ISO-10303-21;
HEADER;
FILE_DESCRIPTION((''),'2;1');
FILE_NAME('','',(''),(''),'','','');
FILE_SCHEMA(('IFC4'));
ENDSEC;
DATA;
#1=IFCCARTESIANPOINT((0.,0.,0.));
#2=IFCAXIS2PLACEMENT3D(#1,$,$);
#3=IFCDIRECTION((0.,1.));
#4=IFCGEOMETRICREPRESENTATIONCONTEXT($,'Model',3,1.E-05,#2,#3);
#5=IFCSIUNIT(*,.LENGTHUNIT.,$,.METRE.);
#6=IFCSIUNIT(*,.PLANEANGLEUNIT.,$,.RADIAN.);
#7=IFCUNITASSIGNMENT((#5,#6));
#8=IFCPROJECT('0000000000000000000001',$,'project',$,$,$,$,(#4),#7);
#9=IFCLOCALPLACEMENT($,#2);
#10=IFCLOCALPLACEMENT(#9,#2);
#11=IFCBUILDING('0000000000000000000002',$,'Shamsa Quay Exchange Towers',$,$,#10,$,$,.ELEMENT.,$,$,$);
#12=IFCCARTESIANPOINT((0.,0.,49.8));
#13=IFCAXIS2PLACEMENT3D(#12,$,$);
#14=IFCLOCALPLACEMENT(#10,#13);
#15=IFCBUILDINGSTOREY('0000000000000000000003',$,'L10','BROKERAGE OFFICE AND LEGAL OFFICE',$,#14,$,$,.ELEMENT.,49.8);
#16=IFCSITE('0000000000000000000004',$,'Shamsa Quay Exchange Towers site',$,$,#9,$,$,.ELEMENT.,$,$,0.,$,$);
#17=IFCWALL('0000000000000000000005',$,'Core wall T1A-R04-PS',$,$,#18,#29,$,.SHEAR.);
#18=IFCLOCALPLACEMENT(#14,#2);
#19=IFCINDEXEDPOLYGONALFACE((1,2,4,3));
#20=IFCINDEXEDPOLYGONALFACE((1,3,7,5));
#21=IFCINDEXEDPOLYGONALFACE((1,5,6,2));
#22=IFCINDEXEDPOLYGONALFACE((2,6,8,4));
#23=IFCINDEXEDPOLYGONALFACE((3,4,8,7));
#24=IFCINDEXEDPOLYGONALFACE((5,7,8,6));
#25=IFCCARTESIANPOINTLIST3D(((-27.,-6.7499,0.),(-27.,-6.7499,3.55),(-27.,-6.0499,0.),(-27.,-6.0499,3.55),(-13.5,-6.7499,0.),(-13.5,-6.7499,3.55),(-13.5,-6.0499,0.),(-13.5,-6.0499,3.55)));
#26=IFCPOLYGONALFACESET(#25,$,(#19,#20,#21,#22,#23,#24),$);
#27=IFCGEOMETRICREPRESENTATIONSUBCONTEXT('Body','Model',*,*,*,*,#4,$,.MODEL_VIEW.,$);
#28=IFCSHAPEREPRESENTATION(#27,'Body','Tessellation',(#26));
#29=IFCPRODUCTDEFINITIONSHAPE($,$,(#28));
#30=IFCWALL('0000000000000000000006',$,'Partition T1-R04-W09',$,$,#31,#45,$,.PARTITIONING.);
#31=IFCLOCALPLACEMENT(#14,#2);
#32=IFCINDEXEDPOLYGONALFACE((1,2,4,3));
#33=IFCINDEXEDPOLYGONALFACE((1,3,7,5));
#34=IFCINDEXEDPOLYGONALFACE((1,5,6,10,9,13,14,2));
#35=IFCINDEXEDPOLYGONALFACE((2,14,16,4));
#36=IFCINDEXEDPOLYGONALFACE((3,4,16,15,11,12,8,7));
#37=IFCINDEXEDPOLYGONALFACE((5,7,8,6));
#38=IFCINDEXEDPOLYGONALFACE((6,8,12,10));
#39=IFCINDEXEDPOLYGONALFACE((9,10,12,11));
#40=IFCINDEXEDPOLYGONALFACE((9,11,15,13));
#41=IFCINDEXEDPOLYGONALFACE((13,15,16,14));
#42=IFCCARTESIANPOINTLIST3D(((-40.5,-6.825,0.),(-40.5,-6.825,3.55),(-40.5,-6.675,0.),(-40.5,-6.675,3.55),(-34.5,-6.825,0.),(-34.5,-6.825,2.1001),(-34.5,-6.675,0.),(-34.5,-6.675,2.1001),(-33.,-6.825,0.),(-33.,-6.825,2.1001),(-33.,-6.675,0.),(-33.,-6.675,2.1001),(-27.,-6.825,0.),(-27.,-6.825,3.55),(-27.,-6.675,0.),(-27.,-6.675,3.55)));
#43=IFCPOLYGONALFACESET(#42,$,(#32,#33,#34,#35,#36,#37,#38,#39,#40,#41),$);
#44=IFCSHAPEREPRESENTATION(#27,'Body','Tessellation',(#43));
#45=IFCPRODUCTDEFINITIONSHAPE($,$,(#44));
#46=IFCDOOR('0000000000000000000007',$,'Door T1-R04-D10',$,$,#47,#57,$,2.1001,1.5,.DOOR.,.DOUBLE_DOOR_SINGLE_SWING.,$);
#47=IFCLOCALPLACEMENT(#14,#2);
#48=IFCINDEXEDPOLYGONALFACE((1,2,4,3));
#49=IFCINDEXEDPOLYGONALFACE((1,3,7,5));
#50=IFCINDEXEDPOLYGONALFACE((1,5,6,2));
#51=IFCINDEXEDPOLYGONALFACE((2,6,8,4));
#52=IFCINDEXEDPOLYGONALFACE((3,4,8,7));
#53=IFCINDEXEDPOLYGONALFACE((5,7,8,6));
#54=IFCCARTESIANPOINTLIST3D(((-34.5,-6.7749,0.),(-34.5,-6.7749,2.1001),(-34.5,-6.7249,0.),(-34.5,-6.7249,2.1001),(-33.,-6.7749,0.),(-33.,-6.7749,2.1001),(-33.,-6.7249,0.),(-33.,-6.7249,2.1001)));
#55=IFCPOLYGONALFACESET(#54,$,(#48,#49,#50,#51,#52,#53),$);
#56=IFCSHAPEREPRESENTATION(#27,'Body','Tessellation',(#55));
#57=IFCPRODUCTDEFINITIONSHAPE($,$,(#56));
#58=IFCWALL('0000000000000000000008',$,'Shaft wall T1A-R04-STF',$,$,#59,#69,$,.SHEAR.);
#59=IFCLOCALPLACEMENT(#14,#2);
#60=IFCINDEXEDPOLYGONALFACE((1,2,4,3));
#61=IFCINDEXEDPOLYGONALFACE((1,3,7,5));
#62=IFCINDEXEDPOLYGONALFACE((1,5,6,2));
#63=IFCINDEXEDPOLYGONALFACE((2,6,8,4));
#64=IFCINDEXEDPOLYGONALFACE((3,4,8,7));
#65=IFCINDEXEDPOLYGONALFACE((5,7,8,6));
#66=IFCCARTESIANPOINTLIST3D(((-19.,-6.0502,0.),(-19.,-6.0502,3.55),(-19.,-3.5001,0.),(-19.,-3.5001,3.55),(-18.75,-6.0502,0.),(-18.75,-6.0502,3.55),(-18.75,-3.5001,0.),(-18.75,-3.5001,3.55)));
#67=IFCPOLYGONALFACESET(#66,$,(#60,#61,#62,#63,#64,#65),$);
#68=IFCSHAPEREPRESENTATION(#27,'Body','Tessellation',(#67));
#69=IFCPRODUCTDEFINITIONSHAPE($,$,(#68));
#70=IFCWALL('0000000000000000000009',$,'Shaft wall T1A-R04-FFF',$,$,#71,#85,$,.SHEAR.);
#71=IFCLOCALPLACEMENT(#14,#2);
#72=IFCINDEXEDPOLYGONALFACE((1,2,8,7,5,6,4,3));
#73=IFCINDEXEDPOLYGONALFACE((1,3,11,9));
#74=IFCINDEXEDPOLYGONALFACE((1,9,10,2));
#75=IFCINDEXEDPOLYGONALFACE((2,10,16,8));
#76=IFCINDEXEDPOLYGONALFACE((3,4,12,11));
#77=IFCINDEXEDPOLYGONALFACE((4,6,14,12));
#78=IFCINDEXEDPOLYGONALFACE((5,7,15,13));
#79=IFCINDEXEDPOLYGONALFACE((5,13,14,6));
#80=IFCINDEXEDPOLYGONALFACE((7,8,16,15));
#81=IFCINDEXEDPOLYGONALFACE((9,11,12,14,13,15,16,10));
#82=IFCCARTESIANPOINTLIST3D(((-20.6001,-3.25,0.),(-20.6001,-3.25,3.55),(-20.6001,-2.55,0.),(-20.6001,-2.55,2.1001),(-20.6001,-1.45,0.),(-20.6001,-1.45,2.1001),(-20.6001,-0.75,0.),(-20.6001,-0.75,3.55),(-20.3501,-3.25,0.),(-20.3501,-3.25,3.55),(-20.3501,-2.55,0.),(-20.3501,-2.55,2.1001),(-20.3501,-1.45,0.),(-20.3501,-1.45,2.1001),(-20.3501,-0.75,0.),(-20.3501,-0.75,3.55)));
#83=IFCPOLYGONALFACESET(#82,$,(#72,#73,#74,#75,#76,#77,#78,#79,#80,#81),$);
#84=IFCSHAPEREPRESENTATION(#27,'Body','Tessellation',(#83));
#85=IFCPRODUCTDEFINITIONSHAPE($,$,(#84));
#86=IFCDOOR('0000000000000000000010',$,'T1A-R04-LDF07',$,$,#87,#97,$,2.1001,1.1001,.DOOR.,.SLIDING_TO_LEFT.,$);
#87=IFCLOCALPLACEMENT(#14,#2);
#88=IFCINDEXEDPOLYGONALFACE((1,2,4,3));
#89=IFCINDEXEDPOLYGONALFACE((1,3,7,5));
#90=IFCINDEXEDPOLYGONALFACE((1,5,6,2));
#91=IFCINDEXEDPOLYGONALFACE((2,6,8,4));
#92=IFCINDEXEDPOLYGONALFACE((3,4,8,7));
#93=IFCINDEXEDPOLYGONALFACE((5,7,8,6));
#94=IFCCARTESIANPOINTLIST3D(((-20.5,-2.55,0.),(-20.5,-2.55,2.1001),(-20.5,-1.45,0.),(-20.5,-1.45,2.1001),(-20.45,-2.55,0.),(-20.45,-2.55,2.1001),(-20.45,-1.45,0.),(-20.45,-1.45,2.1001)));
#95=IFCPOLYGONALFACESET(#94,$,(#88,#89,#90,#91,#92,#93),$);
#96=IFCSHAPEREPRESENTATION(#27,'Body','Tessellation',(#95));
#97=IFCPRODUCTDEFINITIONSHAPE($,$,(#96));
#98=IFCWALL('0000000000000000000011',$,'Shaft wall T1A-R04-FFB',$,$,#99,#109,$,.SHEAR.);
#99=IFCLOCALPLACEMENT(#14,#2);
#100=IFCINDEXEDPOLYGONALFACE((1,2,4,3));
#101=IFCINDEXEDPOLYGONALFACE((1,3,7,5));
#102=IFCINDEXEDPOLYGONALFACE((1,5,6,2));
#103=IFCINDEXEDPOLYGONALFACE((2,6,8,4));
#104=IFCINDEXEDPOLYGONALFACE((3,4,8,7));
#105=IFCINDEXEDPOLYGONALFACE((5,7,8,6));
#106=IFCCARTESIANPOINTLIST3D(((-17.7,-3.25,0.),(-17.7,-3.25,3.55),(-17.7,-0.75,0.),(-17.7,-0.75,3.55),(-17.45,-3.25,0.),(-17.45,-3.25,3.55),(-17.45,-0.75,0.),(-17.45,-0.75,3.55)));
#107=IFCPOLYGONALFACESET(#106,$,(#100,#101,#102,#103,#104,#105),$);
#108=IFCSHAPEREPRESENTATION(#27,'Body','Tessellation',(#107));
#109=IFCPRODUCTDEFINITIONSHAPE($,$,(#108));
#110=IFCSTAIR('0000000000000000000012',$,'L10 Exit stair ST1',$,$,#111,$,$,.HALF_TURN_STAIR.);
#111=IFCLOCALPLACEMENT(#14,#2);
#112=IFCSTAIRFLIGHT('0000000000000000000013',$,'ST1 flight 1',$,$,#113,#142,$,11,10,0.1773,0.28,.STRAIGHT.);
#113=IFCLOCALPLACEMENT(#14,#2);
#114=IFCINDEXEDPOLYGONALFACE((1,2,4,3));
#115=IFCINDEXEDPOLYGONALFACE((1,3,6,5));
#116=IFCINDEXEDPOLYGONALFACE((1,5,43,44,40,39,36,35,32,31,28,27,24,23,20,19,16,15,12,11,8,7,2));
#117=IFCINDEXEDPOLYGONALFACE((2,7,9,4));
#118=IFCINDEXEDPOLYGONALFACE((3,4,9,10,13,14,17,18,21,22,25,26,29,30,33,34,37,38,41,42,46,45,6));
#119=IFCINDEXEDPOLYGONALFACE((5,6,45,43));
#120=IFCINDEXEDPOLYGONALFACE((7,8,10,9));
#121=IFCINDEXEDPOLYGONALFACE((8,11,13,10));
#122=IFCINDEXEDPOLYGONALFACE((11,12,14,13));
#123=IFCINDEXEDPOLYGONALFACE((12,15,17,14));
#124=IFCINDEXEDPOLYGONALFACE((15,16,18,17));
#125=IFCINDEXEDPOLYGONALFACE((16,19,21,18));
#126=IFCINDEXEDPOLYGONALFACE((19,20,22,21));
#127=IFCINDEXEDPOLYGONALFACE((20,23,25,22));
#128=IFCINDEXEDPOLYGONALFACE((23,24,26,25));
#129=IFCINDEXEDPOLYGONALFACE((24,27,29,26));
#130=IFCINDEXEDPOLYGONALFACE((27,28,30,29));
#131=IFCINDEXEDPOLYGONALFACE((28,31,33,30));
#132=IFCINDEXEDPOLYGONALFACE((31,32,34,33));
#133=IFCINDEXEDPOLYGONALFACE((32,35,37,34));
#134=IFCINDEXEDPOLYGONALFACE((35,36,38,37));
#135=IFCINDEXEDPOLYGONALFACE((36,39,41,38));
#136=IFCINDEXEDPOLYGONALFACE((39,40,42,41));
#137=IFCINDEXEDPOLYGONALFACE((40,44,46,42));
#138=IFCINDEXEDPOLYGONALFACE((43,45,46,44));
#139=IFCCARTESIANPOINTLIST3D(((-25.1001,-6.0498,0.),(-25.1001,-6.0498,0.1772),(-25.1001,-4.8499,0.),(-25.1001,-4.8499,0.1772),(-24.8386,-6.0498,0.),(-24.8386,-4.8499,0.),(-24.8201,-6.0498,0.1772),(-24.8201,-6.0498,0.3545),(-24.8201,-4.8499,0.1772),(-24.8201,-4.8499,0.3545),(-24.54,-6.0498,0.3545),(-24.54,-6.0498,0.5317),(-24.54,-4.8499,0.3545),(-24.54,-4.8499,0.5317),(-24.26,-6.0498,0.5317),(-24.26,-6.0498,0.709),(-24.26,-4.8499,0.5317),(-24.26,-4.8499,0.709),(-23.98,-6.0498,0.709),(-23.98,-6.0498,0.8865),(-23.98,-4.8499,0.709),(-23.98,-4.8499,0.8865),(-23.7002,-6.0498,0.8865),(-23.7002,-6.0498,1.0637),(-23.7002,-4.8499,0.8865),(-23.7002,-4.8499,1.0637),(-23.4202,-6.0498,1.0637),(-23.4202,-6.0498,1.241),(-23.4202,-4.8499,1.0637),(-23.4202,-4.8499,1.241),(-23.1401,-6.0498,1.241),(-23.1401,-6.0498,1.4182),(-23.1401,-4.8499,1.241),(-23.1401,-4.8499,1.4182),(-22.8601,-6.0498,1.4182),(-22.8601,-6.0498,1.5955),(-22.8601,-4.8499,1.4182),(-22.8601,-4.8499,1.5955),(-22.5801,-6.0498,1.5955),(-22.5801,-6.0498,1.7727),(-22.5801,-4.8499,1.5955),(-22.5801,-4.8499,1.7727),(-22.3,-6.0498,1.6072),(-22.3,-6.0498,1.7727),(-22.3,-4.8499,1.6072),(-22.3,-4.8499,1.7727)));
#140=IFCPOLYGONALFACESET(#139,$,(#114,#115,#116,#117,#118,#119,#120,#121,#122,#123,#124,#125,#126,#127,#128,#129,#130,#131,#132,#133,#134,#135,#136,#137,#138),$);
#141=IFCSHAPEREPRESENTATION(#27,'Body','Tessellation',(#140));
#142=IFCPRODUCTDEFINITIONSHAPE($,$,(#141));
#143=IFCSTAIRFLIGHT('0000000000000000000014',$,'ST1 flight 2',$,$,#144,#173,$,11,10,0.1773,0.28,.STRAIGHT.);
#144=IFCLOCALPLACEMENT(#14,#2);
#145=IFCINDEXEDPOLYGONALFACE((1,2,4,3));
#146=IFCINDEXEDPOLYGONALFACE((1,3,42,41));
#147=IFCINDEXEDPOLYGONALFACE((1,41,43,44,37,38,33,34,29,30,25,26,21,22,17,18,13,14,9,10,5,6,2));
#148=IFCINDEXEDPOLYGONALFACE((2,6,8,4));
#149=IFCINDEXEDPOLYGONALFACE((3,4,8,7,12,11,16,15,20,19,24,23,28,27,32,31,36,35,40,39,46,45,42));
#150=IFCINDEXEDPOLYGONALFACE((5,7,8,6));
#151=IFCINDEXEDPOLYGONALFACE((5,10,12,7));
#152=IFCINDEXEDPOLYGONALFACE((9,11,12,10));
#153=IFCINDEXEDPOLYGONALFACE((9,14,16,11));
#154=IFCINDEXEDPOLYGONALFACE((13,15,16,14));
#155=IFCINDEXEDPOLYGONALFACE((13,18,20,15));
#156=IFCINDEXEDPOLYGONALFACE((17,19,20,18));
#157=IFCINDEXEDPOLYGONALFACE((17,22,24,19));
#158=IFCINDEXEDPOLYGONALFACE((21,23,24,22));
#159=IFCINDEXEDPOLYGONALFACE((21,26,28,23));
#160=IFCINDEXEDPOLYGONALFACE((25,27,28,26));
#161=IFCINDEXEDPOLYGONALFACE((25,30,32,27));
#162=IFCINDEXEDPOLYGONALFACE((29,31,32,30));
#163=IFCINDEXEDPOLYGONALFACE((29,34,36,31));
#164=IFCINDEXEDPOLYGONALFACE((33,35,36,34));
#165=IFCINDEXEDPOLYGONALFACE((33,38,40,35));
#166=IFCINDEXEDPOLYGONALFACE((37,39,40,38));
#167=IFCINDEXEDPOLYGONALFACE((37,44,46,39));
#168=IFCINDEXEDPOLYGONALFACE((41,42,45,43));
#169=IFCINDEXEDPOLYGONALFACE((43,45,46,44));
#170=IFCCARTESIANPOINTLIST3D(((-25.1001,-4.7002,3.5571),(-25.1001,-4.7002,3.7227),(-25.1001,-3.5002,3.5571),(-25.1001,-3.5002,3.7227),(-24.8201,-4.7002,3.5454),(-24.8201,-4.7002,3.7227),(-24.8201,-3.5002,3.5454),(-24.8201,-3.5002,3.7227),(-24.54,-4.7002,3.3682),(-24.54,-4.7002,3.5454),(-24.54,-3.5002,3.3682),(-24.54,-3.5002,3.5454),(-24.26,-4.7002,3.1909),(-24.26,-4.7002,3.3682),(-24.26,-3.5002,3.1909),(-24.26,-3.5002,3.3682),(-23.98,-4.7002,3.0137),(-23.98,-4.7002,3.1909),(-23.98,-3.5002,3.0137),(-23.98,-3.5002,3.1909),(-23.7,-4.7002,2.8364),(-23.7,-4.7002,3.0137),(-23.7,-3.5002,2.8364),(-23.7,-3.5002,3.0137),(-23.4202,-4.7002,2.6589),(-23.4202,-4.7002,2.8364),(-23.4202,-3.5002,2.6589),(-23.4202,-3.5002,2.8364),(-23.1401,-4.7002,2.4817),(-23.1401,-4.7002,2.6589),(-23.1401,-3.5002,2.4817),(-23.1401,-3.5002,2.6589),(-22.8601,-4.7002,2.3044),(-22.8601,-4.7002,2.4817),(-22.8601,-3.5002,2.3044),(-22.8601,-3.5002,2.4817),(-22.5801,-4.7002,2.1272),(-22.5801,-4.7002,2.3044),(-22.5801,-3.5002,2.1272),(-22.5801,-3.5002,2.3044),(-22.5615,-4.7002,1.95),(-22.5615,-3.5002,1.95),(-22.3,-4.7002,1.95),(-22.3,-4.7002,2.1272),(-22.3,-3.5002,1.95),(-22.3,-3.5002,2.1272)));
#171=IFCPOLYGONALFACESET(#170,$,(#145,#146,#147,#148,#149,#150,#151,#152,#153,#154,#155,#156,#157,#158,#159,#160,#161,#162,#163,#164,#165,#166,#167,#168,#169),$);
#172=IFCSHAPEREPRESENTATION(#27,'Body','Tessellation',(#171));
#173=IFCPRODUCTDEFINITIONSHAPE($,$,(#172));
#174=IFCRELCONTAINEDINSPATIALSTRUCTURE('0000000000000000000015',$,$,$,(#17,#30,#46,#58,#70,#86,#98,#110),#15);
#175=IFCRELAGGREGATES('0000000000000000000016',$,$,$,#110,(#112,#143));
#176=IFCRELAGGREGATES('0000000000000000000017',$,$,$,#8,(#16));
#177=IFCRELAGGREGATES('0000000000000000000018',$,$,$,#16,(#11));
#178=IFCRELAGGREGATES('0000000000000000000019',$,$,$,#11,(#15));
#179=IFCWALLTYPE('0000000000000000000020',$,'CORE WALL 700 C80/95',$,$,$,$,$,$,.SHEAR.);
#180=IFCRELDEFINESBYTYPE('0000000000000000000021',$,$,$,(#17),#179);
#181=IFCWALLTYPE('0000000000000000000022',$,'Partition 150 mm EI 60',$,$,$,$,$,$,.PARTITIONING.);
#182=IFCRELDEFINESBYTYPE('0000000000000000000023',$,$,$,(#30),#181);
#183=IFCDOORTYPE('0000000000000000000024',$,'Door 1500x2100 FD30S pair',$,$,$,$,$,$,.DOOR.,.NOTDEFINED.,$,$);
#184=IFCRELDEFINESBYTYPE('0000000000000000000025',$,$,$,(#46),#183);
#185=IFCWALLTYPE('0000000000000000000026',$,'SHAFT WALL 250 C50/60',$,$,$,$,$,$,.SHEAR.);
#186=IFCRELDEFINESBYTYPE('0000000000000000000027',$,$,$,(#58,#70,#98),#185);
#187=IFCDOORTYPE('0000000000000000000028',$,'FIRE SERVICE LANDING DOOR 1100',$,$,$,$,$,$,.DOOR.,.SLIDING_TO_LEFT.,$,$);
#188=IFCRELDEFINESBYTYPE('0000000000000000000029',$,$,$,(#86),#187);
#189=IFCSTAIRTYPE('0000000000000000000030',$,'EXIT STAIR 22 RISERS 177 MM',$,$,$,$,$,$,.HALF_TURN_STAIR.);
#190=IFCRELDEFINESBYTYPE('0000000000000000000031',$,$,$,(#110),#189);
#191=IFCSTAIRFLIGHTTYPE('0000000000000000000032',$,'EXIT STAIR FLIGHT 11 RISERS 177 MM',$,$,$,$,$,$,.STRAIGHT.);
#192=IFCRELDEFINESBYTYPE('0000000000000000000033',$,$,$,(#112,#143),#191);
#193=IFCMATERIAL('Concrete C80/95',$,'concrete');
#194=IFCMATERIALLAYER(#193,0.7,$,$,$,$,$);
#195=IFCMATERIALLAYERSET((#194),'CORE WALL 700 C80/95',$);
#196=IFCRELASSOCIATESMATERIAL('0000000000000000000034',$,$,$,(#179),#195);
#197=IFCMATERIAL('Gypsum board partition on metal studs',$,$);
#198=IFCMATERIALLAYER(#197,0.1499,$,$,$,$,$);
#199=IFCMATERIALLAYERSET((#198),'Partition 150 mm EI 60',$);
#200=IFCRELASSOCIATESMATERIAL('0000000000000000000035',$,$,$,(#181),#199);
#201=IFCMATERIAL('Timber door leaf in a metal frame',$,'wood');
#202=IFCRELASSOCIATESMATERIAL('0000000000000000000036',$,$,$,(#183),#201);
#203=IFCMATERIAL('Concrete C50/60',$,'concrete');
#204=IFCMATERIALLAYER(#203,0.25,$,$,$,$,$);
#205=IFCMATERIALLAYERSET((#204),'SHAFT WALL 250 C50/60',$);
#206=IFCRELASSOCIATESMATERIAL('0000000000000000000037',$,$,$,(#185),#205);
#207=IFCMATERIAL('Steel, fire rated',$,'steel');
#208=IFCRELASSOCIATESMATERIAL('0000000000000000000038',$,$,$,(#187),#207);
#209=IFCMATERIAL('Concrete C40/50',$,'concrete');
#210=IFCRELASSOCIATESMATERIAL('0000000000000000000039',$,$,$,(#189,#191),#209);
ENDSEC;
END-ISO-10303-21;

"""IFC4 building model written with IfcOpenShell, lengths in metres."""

from ifc_helpers import new_model, si_unit, direction, frame, frame_2d, origin, place, context, subcontext, project, spatial, polyline, rectangle, outline, extrude, material, layer, layer_set, type_object, element, fill, aggregate, save


model = new_model("IFC4")

# Units and contexts
model_context = context("Model", 3, precision=1e-05, world=origin(), true_north=direction((0.0, 1.0)))
body_context = subcontext(model_context, "Body", "Model", "MODEL_VIEW")
ifc_project = project(units=[si_unit("LENGTHUNIT", "METRE"), si_unit("PLANEANGLEUNIT", "RADIAN")], contexts=[model_context])

# Site, building, storey
site_placement = place(None, origin())
site = spatial("IfcSite", under=ifc_project, at=site_placement, Name="Shamsa Quay Exchange Towers site", CompositionType="ELEMENT", RefElevation=0.0)
building_placement = place(site_placement, origin())
building = spatial("IfcBuilding", under=site, at=building_placement, Name="Shamsa Quay Exchange Towers", CompositionType="ELEMENT")
storey_placement = place(building_placement, frame((0.0, 0.0, 49.8)))
storey = spatial("IfcBuildingStorey", under=building, at=storey_placement, Name="L10", Description="BROKERAGE OFFICE AND LEGAL OFFICE", CompositionType="ELEMENT", Elevation=49.8)

# Wall
ifc_material_1 = material(Name="Concrete C80/95", Category="concrete")
ifc_layer_1 = layer(ifc_material_1, 0.7)
ifc_layer_set_1 = layer_set([ifc_layer_1], Name="CORE WALL 700 C80/95")
wall_type_1 = type_object("IfcWallType", Name="CORE WALL 700 C80/95", PredefinedType="SHEAR", material=ifc_layer_set_1)
wall_1_placement = place(storey_placement, frame((-27.0, -6.3999, 0.0)))
element("IfcWall", 1, at=wall_1_placement, inside=storey, type_object=wall_type_1, Name="Core wall T1A-R04-PS", PredefinedType="SHEAR", context=body_context, shape_type="SweptSolid", body=[
    extrude(rectangle(XDim=13.5, YDim=0.7, at=frame_2d((6.75, 0.0))), origin(), (0.0, 0.0, 1.0), 3.55),
])

# Wall, opening, door
ifc_material_2 = material(Name="Gypsum board partition on metal studs")
ifc_layer_2 = layer(ifc_material_2, 0.1499)
ifc_layer_set_2 = layer_set([ifc_layer_2], Name="Partition 150 mm EI 60")
wall_type_2 = type_object("IfcWallType", Name="Partition 150 mm EI 60", PredefinedType="PARTITIONING", material=ifc_layer_set_2)
wall_2_placement = place(storey_placement, frame((-27.0, -6.75, 0.0), z_axis=(0.0, 0.0, 1.0), x_axis=(-1.0, 0.0, 0.0)))
wall_2 = element("IfcWall", 2, at=wall_2_placement, inside=storey, type_object=wall_type_2, Name="Partition T1-R04-W09", PredefinedType="PARTITIONING", context=body_context, shape_type="SweptSolid", body=[
    extrude(rectangle(XDim=13.5, YDim=0.1499, at=frame_2d((6.75, 0.0))), origin(), (0.0, 0.0, 1.0), 3.55),
])
opening_1_placement = place(wall_2_placement, frame((6.0, 0.0, 0.0)))
opening_1 = element("IfcOpeningElement", 3, at=opening_1_placement, cuts=wall_2, PredefinedType="OPENING", context=body_context, shape_type="SweptSolid", body=[
    extrude(rectangle(XDim=1.5, YDim=2.1001, at=frame_2d((0.75, 1.05))), frame((0.0, 0.085, 0.0), z_axis=(0.0, -1.0, 0.0), x_axis=(1.0, 0.0, 0.0)), (0.0, 0.0, 1.0), 0.1699),
])
ifc_material_3 = material(Name="Timber door leaf in a metal frame", Category="wood")
door_type_1 = type_object("IfcDoorType", Name="Door 1500x2100 FD30S pair", OperationType="NOTDEFINED", PredefinedType="DOOR", material=ifc_material_3)
door_1_placement = place(opening_1_placement, origin())
door_1 = element("IfcDoor", 4, at=door_1_placement, inside=storey, type_object=door_type_1, Name="Door T1-R04-D10", OperationType="DOUBLE_DOOR_SINGLE_SWING", OverallHeight=2.1001, OverallWidth=1.5, PredefinedType="DOOR", context=body_context, shape_type="SweptSolid", body=[
    extrude(rectangle(XDim=1.5, YDim=2.1001, at=frame_2d((0.75, 1.05))), frame((0.0, 0.0249, 0.0), z_axis=(0.0, -1.0, 0.0), x_axis=(1.0, 0.0, 0.0)), (0.0, 0.0, 1.0), 0.05),
])
fill(opening_1, door_1)

# Wall
ifc_material_4 = material(Name="Concrete C50/60", Category="concrete")
ifc_layer_3 = layer(ifc_material_4, 0.25)
ifc_layer_set_3 = layer_set([ifc_layer_3], Name="SHAFT WALL 250 C50/60")
wall_type_3 = type_object("IfcWallType", Name="SHAFT WALL 250 C50/60", PredefinedType="SHEAR", material=ifc_layer_set_3)
wall_3_placement = place(storey_placement, frame((-18.875, -6.05, 0.0), z_axis=(0.0, 0.0, 1.0), x_axis=(0.0, 1.0, 0.0)))
element("IfcWall", 5, at=wall_3_placement, inside=storey, type_object=wall_type_3, Name="Shaft wall T1A-R04-STF", PredefinedType="SHEAR", context=body_context, shape_type="SweptSolid", body=[
    extrude(rectangle(XDim=2.55, YDim=0.25, at=frame_2d((1.2749, 0.0))), origin(), (0.0, 0.0, 1.0), 3.55),
])

# Wall, opening, door
wall_4_placement = place(storey_placement, frame((-20.4751, -3.25, 0.0), z_axis=(0.0, 0.0, 1.0), x_axis=(0.0, 1.0, 0.0)))
wall_4 = element("IfcWall", 6, at=wall_4_placement, inside=storey, type_object=wall_type_3, Name="Shaft wall T1A-R04-FFF", PredefinedType="SHEAR", context=body_context, shape_type="SweptSolid", body=[
    extrude(rectangle(XDim=2.5, YDim=0.25, at=frame_2d((1.25, 0.0))), origin(), (0.0, 0.0, 1.0), 3.55),
])
opening_2_placement = place(wall_4_placement, frame((0.7, 0.0, 0.0)))
opening_2 = element("IfcOpeningElement", 7, at=opening_2_placement, cuts=wall_4, PredefinedType="OPENING", context=body_context, shape_type="SweptSolid", body=[
    extrude(rectangle(XDim=1.1001, YDim=2.1001, at=frame_2d((0.55, 1.05))), frame((0.0, 0.135, 0.0), z_axis=(0.0, -1.0, 0.0), x_axis=(1.0, 0.0, 0.0)), (0.0, 0.0, 1.0), 0.27),
])
ifc_material_5 = material(Name="Steel, fire rated", Category="steel")
door_type_2 = type_object("IfcDoorType", Name="FIRE SERVICE LANDING DOOR 1100", OperationType="SLIDING_TO_LEFT", PredefinedType="DOOR", material=ifc_material_5)
door_2_placement = place(opening_2_placement, origin())
door_2 = element("IfcDoor", 8, at=door_2_placement, inside=storey, type_object=door_type_2, Name="T1A-R04-LDF07", OperationType="SLIDING_TO_LEFT", OverallHeight=2.1001, OverallWidth=1.1001, PredefinedType="DOOR", context=body_context, shape_type="SweptSolid", body=[
    extrude(rectangle(XDim=1.1001, YDim=2.1001, at=frame_2d((0.55, 1.05))), frame((0.0, 0.0249, 0.0), z_axis=(0.0, -1.0, 0.0), x_axis=(1.0, 0.0, 0.0)), (0.0, 0.0, 1.0), 0.05),
])
fill(opening_2, door_2)

# Wall
wall_5_placement = place(storey_placement, frame((-17.575, -3.25, 0.0), z_axis=(0.0, 0.0, 1.0), x_axis=(0.0, 1.0, 0.0)))
element("IfcWall", 9, at=wall_5_placement, inside=storey, type_object=wall_type_3, Name="Shaft wall T1A-R04-FFB", PredefinedType="SHEAR", context=body_context, shape_type="SweptSolid", body=[
    extrude(rectangle(XDim=2.5, YDim=0.25, at=frame_2d((1.25, 0.0))), origin(), (0.0, 0.0, 1.0), 3.55),
])

# Stair, stair flights
ifc_material_6 = material(Name="Concrete C40/50", Category="concrete")
stair_type = type_object("IfcStairType", Name="EXIT STAIR 22 RISERS 177 MM", PredefinedType="HALF_TURN_STAIR", material=ifc_material_6)
stair_placement = place(storey_placement, origin())
stair = element("IfcStair", 10, at=stair_placement, inside=storey, type_object=stair_type, Name="L10 Exit stair ST1", PredefinedType="HALF_TURN_STAIR")
stair_flight_type = type_object("IfcStairFlightType", Name="EXIT STAIR FLIGHT 11 RISERS 177 MM", PredefinedType="STRAIGHT", material=ifc_material_6)
stair_flight_1_placement = place(storey_placement, frame((-25.1001, -5.45, 0.0)))
stair_flight_1 = element("IfcStairFlight", 11, at=stair_flight_1_placement, type_object=stair_flight_type, Name="ST1 flight 1", NumberOfRisers=11, NumberOfTreads=10, PredefinedType="STRAIGHT", RiserHeight=0.1773, TreadLength=0.28, context=body_context, shape_type="SweptSolid", body=[
    extrude(outline(polyline([(0.0, 0.0), (0.0, 0.1772), (0.28, 0.1772), (0.28, 0.3545), (0.5601, 0.3545), (0.5601, 0.5317), (0.8401, 0.5317), (0.8401, 0.709), (1.1201, 0.709), (1.1201, 0.8865), (1.3999, 0.8865), (1.3999, 1.0637), (1.6799, 1.0637), (1.6799, 1.241), (1.96, 1.241), (1.96, 1.4182), (2.24, 1.4182), (2.24, 1.5955), (2.52, 1.5955), (2.52, 1.7727), (2.8, 1.7727), (2.8, 1.95), (2.8, 1.6072), (0.2615, 0.0), (0.0, 0.0)])), frame((0.0, 0.6001, 0.0), z_axis=(0.0, -1.0, 0.0), x_axis=(1.0, 0.0, 0.0)), (0.0, 0.0, 1.0), 1.2),
])
stair_flight_2_placement = place(storey_placement, frame((-22.3, -4.1001, 1.95), z_axis=(0.0, 0.0, 1.0), x_axis=(-1.0, 0.0, 0.0)))
stair_flight_2 = element("IfcStairFlight", 12, at=stair_flight_2_placement, type_object=stair_flight_type, Name="ST1 flight 2", NumberOfRisers=11, NumberOfTreads=10, PredefinedType="STRAIGHT", RiserHeight=0.1773, TreadLength=0.28, context=body_context, shape_type="SweptSolid", body=[
    extrude(outline(polyline([(0.0, 0.0), (0.0, 0.1772), (0.28, 0.1772), (0.28, 0.3545), (0.5601, 0.3545), (0.5601, 0.5317), (0.8401, 0.5317), (0.8401, 0.709), (1.1201, 0.709), (1.1201, 0.8865), (1.3999, 0.8865), (1.3999, 1.0637), (1.6799, 1.0637), (1.6799, 1.241), (1.96, 1.241), (1.96, 1.4182), (2.24, 1.4182), (2.24, 1.5955), (2.52, 1.5955), (2.52, 1.7727), (2.8, 1.7727), (2.8, 1.95), (2.8, 1.6072), (0.2615, 0.0), (0.0, 0.0)])), frame((0.0, 0.6001, 0.0), z_axis=(0.0, -1.0, 0.0), x_axis=(1.0, 0.0, 0.0)), (0.0, 0.0, 1.0), 1.2),
])
aggregate(stair, [stair_flight_1, stair_flight_2])

save(model, "model.ifc")
